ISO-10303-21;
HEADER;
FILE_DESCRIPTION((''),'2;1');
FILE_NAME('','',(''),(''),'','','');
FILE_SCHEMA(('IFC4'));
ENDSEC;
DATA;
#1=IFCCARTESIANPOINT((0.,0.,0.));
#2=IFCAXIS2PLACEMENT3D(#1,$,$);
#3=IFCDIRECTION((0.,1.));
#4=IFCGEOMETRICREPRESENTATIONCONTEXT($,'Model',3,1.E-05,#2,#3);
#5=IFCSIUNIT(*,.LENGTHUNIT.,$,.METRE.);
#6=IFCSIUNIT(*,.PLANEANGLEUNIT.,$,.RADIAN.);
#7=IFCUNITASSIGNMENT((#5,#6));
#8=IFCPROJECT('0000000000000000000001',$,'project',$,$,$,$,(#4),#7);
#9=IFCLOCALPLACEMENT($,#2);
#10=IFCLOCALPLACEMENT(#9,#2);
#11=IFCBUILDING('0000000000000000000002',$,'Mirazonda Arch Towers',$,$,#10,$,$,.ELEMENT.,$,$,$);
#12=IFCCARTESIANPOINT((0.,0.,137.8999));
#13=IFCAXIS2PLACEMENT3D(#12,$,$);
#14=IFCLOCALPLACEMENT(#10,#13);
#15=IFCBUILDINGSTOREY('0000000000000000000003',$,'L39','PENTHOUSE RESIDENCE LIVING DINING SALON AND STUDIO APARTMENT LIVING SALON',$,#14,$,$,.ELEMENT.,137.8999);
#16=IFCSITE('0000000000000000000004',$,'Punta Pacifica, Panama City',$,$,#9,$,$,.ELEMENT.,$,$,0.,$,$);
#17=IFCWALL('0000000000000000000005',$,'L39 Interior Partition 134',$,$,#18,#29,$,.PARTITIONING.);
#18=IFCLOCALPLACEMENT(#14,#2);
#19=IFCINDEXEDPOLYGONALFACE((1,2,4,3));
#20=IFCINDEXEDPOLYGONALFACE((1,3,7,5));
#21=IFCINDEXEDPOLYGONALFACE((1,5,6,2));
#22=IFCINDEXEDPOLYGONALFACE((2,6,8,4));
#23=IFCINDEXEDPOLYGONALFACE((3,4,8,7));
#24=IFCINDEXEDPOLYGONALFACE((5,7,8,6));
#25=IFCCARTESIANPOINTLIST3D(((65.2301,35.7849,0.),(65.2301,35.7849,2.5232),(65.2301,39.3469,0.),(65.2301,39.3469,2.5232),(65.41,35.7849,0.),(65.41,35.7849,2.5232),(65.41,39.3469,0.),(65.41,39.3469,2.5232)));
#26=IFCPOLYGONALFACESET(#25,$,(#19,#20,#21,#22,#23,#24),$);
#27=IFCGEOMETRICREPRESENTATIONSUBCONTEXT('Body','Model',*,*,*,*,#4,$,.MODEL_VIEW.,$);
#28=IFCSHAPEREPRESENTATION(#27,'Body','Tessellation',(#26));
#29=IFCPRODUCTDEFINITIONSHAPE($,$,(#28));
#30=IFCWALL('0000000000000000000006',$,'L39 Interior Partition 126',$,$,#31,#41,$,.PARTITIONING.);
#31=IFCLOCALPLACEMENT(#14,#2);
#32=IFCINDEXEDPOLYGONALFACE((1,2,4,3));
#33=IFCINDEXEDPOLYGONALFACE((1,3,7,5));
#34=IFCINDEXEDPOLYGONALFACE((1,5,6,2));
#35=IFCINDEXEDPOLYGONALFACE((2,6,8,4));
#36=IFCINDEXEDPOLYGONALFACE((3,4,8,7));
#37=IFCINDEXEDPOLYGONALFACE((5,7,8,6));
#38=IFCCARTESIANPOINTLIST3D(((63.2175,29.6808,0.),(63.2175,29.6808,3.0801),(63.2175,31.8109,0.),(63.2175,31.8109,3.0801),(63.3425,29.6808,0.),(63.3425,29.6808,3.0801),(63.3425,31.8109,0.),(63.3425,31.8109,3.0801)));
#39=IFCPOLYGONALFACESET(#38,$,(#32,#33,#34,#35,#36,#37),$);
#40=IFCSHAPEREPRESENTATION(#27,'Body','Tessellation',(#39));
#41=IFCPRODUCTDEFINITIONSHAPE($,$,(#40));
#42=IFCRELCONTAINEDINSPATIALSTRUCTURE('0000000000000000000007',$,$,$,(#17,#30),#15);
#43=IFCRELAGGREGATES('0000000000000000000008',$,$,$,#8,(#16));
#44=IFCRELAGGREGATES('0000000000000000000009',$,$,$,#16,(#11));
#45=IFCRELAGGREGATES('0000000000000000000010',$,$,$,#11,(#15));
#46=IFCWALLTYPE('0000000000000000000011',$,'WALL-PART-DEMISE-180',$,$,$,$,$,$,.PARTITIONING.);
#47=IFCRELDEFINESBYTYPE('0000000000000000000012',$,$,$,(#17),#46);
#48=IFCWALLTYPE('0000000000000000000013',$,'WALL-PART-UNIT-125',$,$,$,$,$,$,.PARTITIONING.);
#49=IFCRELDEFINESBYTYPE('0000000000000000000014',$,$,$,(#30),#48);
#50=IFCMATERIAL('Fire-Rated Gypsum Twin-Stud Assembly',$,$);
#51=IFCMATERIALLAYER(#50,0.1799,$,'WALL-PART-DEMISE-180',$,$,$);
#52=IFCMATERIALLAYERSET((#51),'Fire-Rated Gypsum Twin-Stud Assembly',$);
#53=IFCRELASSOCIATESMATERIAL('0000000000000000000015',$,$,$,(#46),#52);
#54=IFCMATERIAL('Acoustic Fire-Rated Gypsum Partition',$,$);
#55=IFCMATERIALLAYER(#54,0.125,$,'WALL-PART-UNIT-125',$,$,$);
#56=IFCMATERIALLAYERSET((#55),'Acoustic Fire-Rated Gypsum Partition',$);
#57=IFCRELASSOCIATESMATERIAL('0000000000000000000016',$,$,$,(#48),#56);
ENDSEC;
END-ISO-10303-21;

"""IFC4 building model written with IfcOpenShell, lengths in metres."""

from ifc_helpers import new_model, si_unit, direction, frame, frame_2d, origin, place, context, subcontext, project, spatial, rectangle, extrude, material, layer, layer_set, type_object, element, save


model = new_model("IFC4")

# Units and contexts
model_context = context("Model", 3, precision=1e-05, world=origin(), true_north=direction((0.0, 1.0)))
body_context = subcontext(model_context, "Body", "Model", "MODEL_VIEW")
ifc_project = project(units=[si_unit("LENGTHUNIT", "METRE"), si_unit("PLANEANGLEUNIT", "RADIAN")], contexts=[model_context])

# Site, building, storey
site_placement = place(None, origin())
site = spatial("IfcSite", under=ifc_project, at=site_placement, Name="Punta Pacifica, Panama City", CompositionType="ELEMENT", RefElevation=0.0)
building_placement = place(site_placement, origin())
building = spatial("IfcBuilding", under=site, at=building_placement, Name="Mirazonda Arch Towers", CompositionType="ELEMENT")
storey_placement = place(building_placement, frame((0.0, 0.0, 137.8999)))
storey = spatial("IfcBuildingStorey", under=building, at=storey_placement, Name="L39", Description="PENTHOUSE RESIDENCE LIVING DINING SALON AND STUDIO APARTMENT LIVING SALON", CompositionType="ELEMENT", Elevation=137.8999)

# Shared definitions
ifc_material_1 = material(Name="Fire-Rated Gypsum Twin-Stud Assembly")
ifc_layer_1 = layer(ifc_material_1, 0.1799, Name="WALL-PART-DEMISE-180")
ifc_layer_set_1 = layer_set([ifc_layer_1], Name="Fire-Rated Gypsum Twin-Stud Assembly")
wall_type_1 = type_object("IfcWallType", Name="WALL-PART-DEMISE-180", PredefinedType="PARTITIONING", material=ifc_layer_set_1)

# Walls
wall_1_placement = place(storey_placement, frame((65.3201, 35.7849, 0.0), z_axis=(0.0, 0.0, 1.0), x_axis=(0.0, 1.0, 0.0)))
element("IfcWall", 1, at=wall_1_placement, inside=storey, type_object=wall_type_1, Name="L39 Interior Partition 134", PredefinedType="PARTITIONING", context=body_context, shape_type="SweptSolid", body=[
    extrude(rectangle(XDim=3.562, YDim=0.1799, at=frame_2d((1.781, 0.0))), origin(), (0.0, 0.0, 1.0), 2.5232),
])
ifc_material_2 = material(Name="Acoustic Fire-Rated Gypsum Partition")
ifc_layer_2 = layer(ifc_material_2, 0.125, Name="WALL-PART-UNIT-125")
ifc_layer_set_2 = layer_set([ifc_layer_2], Name="Acoustic Fire-Rated Gypsum Partition")
wall_type_2 = type_object("IfcWallType", Name="WALL-PART-UNIT-125", PredefinedType="PARTITIONING", material=ifc_layer_set_2)
wall_2_placement = place(storey_placement, frame((63.28, 29.6809, 0.0), z_axis=(0.0, 0.0, 1.0), x_axis=(0.0, 1.0, 0.0)))
element("IfcWall", 2, at=wall_2_placement, inside=storey, type_object=wall_type_2, Name="L39 Interior Partition 126", PredefinedType="PARTITIONING", context=body_context, shape_type="SweptSolid", body=[
    extrude(rectangle(XDim=2.1301, YDim=0.125, at=frame_2d((1.0649, 0.0))), origin(), (0.0, 0.0, 1.0), 3.0801),
])

save(model, "model.ifc")
